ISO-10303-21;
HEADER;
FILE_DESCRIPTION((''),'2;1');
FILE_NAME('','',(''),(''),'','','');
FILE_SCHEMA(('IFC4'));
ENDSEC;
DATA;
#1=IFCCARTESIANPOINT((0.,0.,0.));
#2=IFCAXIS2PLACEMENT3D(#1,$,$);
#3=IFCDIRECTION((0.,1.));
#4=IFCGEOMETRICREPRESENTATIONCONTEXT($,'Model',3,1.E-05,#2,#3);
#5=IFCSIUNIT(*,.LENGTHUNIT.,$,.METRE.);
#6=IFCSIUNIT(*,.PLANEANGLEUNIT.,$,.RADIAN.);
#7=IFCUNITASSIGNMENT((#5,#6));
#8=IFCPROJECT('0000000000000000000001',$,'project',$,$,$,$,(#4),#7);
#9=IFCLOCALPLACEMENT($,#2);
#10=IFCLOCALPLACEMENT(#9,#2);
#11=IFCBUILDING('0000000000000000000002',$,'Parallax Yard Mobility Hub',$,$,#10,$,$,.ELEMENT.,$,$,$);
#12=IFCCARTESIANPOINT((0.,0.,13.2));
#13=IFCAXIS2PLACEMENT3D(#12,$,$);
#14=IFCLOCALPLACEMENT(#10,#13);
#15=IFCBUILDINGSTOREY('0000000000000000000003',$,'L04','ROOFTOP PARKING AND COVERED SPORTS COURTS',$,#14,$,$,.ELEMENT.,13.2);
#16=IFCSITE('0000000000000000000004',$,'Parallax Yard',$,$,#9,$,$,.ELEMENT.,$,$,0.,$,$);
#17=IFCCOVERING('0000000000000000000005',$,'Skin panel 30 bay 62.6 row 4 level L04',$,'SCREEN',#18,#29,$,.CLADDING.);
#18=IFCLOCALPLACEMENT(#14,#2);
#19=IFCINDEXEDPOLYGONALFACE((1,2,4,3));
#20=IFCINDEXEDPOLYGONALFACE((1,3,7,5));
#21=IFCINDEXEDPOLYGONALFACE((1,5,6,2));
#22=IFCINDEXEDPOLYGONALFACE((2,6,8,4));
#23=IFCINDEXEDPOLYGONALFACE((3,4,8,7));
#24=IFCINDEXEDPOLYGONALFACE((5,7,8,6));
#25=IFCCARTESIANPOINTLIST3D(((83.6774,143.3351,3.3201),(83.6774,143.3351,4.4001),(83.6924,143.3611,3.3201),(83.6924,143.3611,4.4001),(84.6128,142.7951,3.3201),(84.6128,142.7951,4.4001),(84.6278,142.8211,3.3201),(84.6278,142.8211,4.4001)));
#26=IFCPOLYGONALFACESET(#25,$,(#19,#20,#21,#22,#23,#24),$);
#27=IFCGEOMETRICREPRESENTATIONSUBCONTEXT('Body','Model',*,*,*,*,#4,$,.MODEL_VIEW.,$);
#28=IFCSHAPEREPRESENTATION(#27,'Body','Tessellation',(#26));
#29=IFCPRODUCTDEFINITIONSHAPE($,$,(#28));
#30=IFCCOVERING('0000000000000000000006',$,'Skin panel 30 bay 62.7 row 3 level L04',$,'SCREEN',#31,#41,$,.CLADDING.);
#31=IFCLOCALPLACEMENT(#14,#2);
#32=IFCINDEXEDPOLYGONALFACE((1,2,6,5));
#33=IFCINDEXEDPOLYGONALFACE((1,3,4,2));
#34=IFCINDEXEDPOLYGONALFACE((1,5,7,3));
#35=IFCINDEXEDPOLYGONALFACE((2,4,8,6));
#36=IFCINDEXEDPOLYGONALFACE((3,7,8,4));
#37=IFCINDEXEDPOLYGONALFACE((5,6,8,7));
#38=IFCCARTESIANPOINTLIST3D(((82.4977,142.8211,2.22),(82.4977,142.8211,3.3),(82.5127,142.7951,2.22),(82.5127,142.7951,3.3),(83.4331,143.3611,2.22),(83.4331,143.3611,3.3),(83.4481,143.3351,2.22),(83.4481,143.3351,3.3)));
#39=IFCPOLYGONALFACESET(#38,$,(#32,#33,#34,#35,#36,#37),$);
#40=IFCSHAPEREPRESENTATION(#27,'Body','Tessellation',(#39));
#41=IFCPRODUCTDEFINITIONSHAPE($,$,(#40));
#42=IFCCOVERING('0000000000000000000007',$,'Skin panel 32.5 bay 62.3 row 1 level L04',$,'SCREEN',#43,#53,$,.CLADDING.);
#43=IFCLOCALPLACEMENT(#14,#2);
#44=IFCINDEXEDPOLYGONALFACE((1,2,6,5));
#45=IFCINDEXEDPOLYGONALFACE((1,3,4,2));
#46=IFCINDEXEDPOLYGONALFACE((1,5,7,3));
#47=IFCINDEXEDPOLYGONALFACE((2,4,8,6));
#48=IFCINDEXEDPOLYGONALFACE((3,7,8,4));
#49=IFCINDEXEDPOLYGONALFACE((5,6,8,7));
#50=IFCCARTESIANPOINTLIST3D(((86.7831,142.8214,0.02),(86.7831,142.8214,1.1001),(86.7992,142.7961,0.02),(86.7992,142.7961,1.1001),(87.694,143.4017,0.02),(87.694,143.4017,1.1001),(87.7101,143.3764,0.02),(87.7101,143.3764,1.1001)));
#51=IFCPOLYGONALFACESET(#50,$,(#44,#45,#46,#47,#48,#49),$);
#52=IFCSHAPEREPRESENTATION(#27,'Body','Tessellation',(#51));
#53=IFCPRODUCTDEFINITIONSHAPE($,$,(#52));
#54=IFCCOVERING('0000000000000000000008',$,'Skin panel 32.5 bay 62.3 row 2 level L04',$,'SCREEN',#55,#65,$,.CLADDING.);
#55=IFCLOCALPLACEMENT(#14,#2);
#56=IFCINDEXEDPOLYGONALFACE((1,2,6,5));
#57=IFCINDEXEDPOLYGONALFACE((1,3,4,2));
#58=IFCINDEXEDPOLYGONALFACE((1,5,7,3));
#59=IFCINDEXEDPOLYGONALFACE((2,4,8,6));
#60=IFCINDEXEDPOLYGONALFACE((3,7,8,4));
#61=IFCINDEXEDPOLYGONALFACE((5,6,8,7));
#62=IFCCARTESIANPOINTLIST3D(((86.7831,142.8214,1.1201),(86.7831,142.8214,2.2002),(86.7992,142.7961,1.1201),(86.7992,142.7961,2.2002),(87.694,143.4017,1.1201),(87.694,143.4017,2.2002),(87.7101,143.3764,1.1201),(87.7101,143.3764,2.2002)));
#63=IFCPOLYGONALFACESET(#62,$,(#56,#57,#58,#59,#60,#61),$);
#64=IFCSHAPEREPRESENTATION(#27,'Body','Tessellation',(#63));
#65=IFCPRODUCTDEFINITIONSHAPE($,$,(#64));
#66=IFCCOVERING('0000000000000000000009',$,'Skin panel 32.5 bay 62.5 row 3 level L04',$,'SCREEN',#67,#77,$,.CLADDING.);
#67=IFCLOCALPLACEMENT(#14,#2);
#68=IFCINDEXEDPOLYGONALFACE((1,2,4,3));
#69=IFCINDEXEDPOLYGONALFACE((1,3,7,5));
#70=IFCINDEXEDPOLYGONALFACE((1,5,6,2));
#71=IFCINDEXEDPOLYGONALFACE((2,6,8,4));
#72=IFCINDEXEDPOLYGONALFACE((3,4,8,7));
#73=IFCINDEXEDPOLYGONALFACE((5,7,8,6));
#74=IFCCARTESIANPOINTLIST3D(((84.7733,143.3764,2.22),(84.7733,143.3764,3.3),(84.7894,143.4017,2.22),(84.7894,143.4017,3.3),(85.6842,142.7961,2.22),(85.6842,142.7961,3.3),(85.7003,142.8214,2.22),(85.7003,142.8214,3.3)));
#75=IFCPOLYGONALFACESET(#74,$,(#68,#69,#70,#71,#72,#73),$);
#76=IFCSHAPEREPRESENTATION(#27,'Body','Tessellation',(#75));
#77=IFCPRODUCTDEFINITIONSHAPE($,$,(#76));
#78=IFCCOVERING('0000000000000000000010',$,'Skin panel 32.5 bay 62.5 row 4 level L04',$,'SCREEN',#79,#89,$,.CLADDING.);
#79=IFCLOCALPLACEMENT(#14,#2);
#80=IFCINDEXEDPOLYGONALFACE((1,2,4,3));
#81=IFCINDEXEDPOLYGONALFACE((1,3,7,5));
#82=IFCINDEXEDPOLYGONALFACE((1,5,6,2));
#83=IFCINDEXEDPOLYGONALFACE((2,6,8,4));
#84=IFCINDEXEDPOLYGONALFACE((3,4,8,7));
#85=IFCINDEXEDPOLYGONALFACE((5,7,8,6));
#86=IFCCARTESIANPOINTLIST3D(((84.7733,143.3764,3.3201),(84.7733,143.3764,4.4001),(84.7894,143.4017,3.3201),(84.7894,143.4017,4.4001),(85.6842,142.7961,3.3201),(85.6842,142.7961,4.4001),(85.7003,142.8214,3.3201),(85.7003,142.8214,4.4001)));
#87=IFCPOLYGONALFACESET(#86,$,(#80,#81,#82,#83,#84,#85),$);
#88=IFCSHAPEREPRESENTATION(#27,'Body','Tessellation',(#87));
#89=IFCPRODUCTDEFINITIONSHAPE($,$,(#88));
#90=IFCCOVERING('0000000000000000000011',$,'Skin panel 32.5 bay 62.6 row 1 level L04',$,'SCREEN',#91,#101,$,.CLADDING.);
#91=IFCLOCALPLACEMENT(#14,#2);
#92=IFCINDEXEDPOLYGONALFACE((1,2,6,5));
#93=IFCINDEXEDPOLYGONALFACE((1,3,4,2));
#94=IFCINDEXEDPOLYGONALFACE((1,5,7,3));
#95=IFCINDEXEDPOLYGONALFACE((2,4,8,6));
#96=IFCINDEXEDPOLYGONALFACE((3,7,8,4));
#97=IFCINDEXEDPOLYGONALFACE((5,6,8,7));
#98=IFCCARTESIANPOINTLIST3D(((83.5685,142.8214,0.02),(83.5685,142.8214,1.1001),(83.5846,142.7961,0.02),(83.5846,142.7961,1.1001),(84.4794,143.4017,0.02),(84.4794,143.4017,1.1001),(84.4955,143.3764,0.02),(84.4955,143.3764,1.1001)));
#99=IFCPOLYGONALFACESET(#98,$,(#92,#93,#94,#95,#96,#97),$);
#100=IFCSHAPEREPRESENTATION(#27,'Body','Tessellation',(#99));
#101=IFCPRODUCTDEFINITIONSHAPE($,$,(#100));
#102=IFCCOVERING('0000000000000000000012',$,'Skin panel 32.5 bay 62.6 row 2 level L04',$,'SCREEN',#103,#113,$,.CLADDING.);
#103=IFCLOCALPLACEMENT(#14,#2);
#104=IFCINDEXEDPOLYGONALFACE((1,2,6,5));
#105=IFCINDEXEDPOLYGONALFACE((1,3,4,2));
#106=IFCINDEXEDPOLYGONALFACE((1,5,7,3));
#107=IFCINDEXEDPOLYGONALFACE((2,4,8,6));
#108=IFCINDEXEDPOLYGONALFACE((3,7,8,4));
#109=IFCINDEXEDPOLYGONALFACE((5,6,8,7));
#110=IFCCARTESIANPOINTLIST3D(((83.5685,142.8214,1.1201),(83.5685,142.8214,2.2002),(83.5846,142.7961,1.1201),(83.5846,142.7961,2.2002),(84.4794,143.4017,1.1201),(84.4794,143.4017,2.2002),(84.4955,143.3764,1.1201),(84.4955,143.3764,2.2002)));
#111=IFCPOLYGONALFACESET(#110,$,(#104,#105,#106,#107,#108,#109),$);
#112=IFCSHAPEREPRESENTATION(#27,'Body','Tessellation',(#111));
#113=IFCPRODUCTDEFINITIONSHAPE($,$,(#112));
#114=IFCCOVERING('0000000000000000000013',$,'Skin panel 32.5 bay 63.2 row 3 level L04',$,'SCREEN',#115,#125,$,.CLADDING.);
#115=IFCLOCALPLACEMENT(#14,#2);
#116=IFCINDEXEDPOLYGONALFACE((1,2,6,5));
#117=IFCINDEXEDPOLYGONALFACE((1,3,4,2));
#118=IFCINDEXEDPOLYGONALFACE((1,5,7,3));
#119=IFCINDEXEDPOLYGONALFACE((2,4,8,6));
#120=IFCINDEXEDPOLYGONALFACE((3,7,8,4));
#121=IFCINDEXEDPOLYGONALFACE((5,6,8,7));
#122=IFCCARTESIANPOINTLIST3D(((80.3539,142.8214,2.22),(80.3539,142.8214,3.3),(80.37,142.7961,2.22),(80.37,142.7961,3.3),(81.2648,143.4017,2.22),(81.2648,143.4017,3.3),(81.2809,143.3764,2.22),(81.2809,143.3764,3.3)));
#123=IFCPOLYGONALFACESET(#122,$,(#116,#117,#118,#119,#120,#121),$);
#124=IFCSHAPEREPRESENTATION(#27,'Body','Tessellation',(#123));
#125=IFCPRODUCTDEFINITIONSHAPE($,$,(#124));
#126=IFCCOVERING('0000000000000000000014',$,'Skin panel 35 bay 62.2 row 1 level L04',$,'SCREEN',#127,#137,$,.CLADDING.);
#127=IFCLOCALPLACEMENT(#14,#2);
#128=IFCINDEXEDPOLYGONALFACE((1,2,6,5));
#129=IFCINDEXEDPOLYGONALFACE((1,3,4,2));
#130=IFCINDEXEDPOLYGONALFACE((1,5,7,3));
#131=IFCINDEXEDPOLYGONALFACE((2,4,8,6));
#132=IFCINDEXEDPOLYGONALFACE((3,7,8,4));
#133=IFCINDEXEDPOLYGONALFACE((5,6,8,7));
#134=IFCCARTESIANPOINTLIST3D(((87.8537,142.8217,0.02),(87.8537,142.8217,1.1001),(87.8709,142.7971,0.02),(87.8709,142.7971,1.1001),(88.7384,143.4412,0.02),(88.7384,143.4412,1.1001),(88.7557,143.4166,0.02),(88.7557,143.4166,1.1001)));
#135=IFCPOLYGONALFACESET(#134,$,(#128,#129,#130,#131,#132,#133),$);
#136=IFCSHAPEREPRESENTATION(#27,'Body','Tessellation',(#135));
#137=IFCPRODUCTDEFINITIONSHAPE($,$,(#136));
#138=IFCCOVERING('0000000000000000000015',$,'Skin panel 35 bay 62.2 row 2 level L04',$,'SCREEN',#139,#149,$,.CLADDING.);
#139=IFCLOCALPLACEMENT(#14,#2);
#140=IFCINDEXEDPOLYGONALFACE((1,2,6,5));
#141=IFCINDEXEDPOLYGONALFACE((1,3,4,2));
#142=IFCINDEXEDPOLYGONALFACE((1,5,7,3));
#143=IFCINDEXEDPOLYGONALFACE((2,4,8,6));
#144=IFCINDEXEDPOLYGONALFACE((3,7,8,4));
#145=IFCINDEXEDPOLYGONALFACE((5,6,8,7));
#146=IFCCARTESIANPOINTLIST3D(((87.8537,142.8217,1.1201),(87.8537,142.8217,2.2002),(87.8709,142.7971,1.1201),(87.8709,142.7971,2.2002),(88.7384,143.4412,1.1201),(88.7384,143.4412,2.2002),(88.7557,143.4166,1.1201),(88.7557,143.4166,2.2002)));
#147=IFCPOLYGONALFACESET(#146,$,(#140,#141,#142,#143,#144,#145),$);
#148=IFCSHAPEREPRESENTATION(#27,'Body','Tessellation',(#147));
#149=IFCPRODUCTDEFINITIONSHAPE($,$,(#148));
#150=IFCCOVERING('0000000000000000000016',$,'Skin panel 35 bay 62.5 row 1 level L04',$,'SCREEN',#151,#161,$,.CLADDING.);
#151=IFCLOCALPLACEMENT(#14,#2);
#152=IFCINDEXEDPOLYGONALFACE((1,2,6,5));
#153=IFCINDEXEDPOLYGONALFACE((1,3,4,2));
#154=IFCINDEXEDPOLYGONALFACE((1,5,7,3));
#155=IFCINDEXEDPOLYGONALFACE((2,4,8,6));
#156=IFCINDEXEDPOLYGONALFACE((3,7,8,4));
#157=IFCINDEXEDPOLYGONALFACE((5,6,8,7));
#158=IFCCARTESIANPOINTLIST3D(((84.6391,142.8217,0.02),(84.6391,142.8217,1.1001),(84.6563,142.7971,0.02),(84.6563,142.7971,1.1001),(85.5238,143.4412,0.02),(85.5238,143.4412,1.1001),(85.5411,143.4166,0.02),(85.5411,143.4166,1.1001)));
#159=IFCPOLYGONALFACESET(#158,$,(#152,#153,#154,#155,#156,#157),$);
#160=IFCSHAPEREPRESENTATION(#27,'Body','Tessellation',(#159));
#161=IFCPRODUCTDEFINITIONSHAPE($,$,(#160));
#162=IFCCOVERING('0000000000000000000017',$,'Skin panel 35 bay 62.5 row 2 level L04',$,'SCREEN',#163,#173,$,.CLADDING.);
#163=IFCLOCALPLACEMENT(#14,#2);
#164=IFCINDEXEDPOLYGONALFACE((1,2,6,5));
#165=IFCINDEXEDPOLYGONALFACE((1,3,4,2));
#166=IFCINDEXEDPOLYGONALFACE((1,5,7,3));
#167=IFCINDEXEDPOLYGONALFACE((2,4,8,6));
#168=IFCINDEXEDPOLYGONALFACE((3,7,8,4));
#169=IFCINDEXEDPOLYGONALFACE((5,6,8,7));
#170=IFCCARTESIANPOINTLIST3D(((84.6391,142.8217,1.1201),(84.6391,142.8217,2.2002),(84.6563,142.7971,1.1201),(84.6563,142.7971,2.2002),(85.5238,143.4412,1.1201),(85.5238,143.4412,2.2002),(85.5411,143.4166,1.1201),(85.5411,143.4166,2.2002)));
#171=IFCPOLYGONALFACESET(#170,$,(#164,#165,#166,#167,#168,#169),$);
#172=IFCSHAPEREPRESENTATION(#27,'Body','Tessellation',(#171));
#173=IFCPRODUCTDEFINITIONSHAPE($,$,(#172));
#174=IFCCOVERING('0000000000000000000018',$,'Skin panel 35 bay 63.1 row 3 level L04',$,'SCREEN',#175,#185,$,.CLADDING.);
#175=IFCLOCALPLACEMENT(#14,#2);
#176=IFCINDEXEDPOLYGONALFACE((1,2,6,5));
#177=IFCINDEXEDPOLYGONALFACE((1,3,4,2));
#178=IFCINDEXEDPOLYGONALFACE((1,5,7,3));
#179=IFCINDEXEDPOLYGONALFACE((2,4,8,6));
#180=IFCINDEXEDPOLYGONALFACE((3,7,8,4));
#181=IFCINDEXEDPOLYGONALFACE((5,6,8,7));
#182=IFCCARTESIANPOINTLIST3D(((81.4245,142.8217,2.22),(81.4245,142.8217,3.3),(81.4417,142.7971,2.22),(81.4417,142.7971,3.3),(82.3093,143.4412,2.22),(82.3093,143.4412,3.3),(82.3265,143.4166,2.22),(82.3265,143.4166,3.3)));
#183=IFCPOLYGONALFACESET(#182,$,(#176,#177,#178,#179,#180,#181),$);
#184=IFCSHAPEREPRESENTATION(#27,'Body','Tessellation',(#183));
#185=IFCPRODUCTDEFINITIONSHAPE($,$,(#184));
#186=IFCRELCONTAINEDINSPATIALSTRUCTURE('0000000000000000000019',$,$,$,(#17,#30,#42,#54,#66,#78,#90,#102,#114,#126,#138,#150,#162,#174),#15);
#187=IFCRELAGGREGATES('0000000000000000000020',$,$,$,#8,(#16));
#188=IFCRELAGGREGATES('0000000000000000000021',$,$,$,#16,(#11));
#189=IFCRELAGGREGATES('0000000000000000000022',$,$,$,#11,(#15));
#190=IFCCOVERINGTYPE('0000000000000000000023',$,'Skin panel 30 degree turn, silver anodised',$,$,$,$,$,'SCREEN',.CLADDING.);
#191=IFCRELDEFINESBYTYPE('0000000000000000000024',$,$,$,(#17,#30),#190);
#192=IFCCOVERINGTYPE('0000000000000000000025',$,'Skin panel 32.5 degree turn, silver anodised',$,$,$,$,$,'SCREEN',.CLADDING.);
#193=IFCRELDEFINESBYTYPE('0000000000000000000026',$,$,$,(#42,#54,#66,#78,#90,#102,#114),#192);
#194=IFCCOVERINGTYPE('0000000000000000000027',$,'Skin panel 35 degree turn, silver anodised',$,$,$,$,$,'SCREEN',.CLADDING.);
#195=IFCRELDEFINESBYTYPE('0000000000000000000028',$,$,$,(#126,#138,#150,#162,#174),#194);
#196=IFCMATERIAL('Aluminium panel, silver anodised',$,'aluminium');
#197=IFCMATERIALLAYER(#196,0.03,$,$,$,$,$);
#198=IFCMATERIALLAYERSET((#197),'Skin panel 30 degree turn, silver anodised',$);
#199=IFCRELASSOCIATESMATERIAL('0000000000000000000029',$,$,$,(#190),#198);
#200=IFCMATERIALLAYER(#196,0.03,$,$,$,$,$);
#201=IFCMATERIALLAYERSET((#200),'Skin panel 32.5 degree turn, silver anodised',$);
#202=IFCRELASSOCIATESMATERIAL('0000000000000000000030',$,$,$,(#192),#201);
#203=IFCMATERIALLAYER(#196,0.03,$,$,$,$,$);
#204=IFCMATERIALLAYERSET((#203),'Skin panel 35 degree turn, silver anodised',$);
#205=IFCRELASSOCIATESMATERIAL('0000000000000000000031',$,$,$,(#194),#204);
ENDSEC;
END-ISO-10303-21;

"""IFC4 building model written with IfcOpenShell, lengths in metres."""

from ifc_helpers import new_model, si_unit, direction, frame, origin, origin_2d, place, context, subcontext, project, spatial, rectangle, extrude, material, layer, layer_set, type_object, element, save


model = new_model("IFC4")

# Units and contexts
model_context = context("Model", 3, precision=1e-05, world=origin(), true_north=direction((0.0, 1.0)))
body_context = subcontext(model_context, "Body", "Model", "MODEL_VIEW")
ifc_project = project(units=[si_unit("LENGTHUNIT", "METRE"), si_unit("PLANEANGLEUNIT", "RADIAN")], contexts=[model_context])

# Site, building, storey
site_placement = place(None, origin())
site = spatial("IfcSite", under=ifc_project, at=site_placement, Name="Parallax Yard", CompositionType="ELEMENT", RefElevation=0.0)
building_placement = place(site_placement, origin())
building = spatial("IfcBuilding", under=site, at=building_placement, Name="Parallax Yard Mobility Hub", CompositionType="ELEMENT")
storey_placement = place(building_placement, frame((0.0, 0.0, 13.2)))
storey = spatial("IfcBuildingStorey", under=building, at=storey_placement, Name="L04", Description="ROOFTOP PARKING AND COVERED SPORTS COURTS", CompositionType="ELEMENT", Elevation=13.2)

# Coverings
ifc_material_1 = material(Name="Aluminium panel, silver anodised", Category="aluminium")
ifc_layer_1 = layer(ifc_material_1, 0.03)
ifc_layer_set_1 = layer_set([ifc_layer_1], Name="Skin panel 30 degree turn, silver anodised")
covering_type_1 = type_object("IfcCoveringType", Name="Skin panel 30 degree turn, silver anodised", ElementType="SCREEN", PredefinedType="CLADDING", material=ifc_layer_set_1)
for number, where, z_axis, x_axis, name in (
    (1, (84.1526, 143.0781, 3.3201), (0.0, 0.0, 1.0), (-0.866025, 0.5, 0.0), "Skin panel 30 bay 62.6 row 4 level L04"),
    (2, (82.9729, 143.0781, 2.22), (0.0, 0.0, 1.0), (0.866025, 0.5, 0.0), "Skin panel 30 bay 62.7 row 3 level L04"),
):
    element("IfcCovering", number, at=place(storey_placement, frame(where, z_axis=z_axis, x_axis=x_axis)), inside=storey, type_object=covering_type_1, Name=name, ObjectType="SCREEN", PredefinedType="CLADDING", context=body_context, shape_type="SweptSolid", body=[
        extrude(rectangle(XDim=1.0801, YDim=0.03, at=origin_2d()), origin(), (0.0, 0.0, 1.0), 1.0801),
    ])
ifc_layer_2 = layer(ifc_material_1, 0.03)
ifc_layer_set_2 = layer_set([ifc_layer_2], Name="Skin panel 32.5 degree turn, silver anodised")
covering_type_2 = type_object("IfcCoveringType", Name="Skin panel 32.5 degree turn, silver anodised", ElementType="SCREEN", PredefinedType="CLADDING", material=ifc_layer_set_2)
for number, where, z_axis, x_axis, name in (
    (3, (87.2466, 143.0989, 0.02), (0.0, 0.0, 1.0), (0.843391, 0.5373, 0.0), "Skin panel 32.5 bay 62.3 row 1 level L04"),
    (4, (87.2466, 143.0989, 1.1201), (0.0, 0.0, 1.0), (0.843391, 0.5373, 0.0), "Skin panel 32.5 bay 62.3 row 2 level L04"),
    (5, (85.2368, 143.0989, 2.22), (0.0, 0.0, 1.0), (-0.843391, 0.5373, 0.0), "Skin panel 32.5 bay 62.5 row 3 level L04"),
    (6, (85.2368, 143.0989, 3.3201), (0.0, 0.0, 1.0), (-0.843391, 0.5373, 0.0), "Skin panel 32.5 bay 62.5 row 4 level L04"),
    (7, (84.032, 143.0989, 0.02), (0.0, 0.0, 1.0), (0.843391, 0.5373, 0.0), "Skin panel 32.5 bay 62.6 row 1 level L04"),
    (8, (84.032, 143.0989, 1.1201), (0.0, 0.0, 1.0), (0.843391, 0.5373, 0.0), "Skin panel 32.5 bay 62.6 row 2 level L04"),
    (9, (80.8174, 143.0989, 2.22), (0.0, 0.0, 1.0), (0.843391, 0.5373, 0.0), "Skin panel 32.5 bay 63.2 row 3 level L04"),
):
    element("IfcCovering", number, at=place(storey_placement, frame(where, z_axis=z_axis, x_axis=x_axis)), inside=storey, type_object=covering_type_2, Name=name, ObjectType="SCREEN", PredefinedType="CLADDING", context=body_context, shape_type="SweptSolid", body=[
        extrude(rectangle(XDim=1.0801, YDim=0.03, at=origin_2d()), origin(), (0.0, 0.0, 1.0), 1.0801),
    ])
ifc_layer_3 = layer(ifc_material_1, 0.03)
ifc_layer_set_3 = layer_set([ifc_layer_3], Name="Skin panel 35 degree turn, silver anodised")
covering_type_3 = type_object("IfcCoveringType", Name="Skin panel 35 degree turn, silver anodised", ElementType="SCREEN", PredefinedType="CLADDING", material=ifc_layer_set_3)
for number, where, z_axis, x_axis, name in (
    (10, (88.3047, 143.1191, 0.02), (0.0, 0.0, 1.0), (0.819152, 0.573576, 0.0), "Skin panel 35 bay 62.2 row 1 level L04"),
    (11, (88.3047, 143.1191, 1.1201), (0.0, 0.0, 1.0), (0.819152, 0.573576, 0.0), "Skin panel 35 bay 62.2 row 2 level L04"),
    (12, (85.0901, 143.1191, 0.02), (0.0, 0.0, 1.0), (0.819152, 0.573576, 0.0), "Skin panel 35 bay 62.5 row 1 level L04"),
    (13, (85.0901, 143.1191, 1.1201), (0.0, 0.0, 1.0), (0.819152, 0.573576, 0.0), "Skin panel 35 bay 62.5 row 2 level L04"),
    (14, (81.8755, 143.1191, 2.22), (0.0, 0.0, 1.0), (0.819152, 0.573576, 0.0), "Skin panel 35 bay 63.1 row 3 level L04"),
):
    element("IfcCovering", number, at=place(storey_placement, frame(where, z_axis=z_axis, x_axis=x_axis)), inside=storey, type_object=covering_type_3, Name=name, ObjectType="SCREEN", PredefinedType="CLADDING", context=body_context, shape_type="SweptSolid", body=[
        extrude(rectangle(XDim=1.0801, YDim=0.03, at=origin_2d()), origin(), (0.0, 0.0, 1.0), 1.0801),
    ])

save(model, "model.ifc")
